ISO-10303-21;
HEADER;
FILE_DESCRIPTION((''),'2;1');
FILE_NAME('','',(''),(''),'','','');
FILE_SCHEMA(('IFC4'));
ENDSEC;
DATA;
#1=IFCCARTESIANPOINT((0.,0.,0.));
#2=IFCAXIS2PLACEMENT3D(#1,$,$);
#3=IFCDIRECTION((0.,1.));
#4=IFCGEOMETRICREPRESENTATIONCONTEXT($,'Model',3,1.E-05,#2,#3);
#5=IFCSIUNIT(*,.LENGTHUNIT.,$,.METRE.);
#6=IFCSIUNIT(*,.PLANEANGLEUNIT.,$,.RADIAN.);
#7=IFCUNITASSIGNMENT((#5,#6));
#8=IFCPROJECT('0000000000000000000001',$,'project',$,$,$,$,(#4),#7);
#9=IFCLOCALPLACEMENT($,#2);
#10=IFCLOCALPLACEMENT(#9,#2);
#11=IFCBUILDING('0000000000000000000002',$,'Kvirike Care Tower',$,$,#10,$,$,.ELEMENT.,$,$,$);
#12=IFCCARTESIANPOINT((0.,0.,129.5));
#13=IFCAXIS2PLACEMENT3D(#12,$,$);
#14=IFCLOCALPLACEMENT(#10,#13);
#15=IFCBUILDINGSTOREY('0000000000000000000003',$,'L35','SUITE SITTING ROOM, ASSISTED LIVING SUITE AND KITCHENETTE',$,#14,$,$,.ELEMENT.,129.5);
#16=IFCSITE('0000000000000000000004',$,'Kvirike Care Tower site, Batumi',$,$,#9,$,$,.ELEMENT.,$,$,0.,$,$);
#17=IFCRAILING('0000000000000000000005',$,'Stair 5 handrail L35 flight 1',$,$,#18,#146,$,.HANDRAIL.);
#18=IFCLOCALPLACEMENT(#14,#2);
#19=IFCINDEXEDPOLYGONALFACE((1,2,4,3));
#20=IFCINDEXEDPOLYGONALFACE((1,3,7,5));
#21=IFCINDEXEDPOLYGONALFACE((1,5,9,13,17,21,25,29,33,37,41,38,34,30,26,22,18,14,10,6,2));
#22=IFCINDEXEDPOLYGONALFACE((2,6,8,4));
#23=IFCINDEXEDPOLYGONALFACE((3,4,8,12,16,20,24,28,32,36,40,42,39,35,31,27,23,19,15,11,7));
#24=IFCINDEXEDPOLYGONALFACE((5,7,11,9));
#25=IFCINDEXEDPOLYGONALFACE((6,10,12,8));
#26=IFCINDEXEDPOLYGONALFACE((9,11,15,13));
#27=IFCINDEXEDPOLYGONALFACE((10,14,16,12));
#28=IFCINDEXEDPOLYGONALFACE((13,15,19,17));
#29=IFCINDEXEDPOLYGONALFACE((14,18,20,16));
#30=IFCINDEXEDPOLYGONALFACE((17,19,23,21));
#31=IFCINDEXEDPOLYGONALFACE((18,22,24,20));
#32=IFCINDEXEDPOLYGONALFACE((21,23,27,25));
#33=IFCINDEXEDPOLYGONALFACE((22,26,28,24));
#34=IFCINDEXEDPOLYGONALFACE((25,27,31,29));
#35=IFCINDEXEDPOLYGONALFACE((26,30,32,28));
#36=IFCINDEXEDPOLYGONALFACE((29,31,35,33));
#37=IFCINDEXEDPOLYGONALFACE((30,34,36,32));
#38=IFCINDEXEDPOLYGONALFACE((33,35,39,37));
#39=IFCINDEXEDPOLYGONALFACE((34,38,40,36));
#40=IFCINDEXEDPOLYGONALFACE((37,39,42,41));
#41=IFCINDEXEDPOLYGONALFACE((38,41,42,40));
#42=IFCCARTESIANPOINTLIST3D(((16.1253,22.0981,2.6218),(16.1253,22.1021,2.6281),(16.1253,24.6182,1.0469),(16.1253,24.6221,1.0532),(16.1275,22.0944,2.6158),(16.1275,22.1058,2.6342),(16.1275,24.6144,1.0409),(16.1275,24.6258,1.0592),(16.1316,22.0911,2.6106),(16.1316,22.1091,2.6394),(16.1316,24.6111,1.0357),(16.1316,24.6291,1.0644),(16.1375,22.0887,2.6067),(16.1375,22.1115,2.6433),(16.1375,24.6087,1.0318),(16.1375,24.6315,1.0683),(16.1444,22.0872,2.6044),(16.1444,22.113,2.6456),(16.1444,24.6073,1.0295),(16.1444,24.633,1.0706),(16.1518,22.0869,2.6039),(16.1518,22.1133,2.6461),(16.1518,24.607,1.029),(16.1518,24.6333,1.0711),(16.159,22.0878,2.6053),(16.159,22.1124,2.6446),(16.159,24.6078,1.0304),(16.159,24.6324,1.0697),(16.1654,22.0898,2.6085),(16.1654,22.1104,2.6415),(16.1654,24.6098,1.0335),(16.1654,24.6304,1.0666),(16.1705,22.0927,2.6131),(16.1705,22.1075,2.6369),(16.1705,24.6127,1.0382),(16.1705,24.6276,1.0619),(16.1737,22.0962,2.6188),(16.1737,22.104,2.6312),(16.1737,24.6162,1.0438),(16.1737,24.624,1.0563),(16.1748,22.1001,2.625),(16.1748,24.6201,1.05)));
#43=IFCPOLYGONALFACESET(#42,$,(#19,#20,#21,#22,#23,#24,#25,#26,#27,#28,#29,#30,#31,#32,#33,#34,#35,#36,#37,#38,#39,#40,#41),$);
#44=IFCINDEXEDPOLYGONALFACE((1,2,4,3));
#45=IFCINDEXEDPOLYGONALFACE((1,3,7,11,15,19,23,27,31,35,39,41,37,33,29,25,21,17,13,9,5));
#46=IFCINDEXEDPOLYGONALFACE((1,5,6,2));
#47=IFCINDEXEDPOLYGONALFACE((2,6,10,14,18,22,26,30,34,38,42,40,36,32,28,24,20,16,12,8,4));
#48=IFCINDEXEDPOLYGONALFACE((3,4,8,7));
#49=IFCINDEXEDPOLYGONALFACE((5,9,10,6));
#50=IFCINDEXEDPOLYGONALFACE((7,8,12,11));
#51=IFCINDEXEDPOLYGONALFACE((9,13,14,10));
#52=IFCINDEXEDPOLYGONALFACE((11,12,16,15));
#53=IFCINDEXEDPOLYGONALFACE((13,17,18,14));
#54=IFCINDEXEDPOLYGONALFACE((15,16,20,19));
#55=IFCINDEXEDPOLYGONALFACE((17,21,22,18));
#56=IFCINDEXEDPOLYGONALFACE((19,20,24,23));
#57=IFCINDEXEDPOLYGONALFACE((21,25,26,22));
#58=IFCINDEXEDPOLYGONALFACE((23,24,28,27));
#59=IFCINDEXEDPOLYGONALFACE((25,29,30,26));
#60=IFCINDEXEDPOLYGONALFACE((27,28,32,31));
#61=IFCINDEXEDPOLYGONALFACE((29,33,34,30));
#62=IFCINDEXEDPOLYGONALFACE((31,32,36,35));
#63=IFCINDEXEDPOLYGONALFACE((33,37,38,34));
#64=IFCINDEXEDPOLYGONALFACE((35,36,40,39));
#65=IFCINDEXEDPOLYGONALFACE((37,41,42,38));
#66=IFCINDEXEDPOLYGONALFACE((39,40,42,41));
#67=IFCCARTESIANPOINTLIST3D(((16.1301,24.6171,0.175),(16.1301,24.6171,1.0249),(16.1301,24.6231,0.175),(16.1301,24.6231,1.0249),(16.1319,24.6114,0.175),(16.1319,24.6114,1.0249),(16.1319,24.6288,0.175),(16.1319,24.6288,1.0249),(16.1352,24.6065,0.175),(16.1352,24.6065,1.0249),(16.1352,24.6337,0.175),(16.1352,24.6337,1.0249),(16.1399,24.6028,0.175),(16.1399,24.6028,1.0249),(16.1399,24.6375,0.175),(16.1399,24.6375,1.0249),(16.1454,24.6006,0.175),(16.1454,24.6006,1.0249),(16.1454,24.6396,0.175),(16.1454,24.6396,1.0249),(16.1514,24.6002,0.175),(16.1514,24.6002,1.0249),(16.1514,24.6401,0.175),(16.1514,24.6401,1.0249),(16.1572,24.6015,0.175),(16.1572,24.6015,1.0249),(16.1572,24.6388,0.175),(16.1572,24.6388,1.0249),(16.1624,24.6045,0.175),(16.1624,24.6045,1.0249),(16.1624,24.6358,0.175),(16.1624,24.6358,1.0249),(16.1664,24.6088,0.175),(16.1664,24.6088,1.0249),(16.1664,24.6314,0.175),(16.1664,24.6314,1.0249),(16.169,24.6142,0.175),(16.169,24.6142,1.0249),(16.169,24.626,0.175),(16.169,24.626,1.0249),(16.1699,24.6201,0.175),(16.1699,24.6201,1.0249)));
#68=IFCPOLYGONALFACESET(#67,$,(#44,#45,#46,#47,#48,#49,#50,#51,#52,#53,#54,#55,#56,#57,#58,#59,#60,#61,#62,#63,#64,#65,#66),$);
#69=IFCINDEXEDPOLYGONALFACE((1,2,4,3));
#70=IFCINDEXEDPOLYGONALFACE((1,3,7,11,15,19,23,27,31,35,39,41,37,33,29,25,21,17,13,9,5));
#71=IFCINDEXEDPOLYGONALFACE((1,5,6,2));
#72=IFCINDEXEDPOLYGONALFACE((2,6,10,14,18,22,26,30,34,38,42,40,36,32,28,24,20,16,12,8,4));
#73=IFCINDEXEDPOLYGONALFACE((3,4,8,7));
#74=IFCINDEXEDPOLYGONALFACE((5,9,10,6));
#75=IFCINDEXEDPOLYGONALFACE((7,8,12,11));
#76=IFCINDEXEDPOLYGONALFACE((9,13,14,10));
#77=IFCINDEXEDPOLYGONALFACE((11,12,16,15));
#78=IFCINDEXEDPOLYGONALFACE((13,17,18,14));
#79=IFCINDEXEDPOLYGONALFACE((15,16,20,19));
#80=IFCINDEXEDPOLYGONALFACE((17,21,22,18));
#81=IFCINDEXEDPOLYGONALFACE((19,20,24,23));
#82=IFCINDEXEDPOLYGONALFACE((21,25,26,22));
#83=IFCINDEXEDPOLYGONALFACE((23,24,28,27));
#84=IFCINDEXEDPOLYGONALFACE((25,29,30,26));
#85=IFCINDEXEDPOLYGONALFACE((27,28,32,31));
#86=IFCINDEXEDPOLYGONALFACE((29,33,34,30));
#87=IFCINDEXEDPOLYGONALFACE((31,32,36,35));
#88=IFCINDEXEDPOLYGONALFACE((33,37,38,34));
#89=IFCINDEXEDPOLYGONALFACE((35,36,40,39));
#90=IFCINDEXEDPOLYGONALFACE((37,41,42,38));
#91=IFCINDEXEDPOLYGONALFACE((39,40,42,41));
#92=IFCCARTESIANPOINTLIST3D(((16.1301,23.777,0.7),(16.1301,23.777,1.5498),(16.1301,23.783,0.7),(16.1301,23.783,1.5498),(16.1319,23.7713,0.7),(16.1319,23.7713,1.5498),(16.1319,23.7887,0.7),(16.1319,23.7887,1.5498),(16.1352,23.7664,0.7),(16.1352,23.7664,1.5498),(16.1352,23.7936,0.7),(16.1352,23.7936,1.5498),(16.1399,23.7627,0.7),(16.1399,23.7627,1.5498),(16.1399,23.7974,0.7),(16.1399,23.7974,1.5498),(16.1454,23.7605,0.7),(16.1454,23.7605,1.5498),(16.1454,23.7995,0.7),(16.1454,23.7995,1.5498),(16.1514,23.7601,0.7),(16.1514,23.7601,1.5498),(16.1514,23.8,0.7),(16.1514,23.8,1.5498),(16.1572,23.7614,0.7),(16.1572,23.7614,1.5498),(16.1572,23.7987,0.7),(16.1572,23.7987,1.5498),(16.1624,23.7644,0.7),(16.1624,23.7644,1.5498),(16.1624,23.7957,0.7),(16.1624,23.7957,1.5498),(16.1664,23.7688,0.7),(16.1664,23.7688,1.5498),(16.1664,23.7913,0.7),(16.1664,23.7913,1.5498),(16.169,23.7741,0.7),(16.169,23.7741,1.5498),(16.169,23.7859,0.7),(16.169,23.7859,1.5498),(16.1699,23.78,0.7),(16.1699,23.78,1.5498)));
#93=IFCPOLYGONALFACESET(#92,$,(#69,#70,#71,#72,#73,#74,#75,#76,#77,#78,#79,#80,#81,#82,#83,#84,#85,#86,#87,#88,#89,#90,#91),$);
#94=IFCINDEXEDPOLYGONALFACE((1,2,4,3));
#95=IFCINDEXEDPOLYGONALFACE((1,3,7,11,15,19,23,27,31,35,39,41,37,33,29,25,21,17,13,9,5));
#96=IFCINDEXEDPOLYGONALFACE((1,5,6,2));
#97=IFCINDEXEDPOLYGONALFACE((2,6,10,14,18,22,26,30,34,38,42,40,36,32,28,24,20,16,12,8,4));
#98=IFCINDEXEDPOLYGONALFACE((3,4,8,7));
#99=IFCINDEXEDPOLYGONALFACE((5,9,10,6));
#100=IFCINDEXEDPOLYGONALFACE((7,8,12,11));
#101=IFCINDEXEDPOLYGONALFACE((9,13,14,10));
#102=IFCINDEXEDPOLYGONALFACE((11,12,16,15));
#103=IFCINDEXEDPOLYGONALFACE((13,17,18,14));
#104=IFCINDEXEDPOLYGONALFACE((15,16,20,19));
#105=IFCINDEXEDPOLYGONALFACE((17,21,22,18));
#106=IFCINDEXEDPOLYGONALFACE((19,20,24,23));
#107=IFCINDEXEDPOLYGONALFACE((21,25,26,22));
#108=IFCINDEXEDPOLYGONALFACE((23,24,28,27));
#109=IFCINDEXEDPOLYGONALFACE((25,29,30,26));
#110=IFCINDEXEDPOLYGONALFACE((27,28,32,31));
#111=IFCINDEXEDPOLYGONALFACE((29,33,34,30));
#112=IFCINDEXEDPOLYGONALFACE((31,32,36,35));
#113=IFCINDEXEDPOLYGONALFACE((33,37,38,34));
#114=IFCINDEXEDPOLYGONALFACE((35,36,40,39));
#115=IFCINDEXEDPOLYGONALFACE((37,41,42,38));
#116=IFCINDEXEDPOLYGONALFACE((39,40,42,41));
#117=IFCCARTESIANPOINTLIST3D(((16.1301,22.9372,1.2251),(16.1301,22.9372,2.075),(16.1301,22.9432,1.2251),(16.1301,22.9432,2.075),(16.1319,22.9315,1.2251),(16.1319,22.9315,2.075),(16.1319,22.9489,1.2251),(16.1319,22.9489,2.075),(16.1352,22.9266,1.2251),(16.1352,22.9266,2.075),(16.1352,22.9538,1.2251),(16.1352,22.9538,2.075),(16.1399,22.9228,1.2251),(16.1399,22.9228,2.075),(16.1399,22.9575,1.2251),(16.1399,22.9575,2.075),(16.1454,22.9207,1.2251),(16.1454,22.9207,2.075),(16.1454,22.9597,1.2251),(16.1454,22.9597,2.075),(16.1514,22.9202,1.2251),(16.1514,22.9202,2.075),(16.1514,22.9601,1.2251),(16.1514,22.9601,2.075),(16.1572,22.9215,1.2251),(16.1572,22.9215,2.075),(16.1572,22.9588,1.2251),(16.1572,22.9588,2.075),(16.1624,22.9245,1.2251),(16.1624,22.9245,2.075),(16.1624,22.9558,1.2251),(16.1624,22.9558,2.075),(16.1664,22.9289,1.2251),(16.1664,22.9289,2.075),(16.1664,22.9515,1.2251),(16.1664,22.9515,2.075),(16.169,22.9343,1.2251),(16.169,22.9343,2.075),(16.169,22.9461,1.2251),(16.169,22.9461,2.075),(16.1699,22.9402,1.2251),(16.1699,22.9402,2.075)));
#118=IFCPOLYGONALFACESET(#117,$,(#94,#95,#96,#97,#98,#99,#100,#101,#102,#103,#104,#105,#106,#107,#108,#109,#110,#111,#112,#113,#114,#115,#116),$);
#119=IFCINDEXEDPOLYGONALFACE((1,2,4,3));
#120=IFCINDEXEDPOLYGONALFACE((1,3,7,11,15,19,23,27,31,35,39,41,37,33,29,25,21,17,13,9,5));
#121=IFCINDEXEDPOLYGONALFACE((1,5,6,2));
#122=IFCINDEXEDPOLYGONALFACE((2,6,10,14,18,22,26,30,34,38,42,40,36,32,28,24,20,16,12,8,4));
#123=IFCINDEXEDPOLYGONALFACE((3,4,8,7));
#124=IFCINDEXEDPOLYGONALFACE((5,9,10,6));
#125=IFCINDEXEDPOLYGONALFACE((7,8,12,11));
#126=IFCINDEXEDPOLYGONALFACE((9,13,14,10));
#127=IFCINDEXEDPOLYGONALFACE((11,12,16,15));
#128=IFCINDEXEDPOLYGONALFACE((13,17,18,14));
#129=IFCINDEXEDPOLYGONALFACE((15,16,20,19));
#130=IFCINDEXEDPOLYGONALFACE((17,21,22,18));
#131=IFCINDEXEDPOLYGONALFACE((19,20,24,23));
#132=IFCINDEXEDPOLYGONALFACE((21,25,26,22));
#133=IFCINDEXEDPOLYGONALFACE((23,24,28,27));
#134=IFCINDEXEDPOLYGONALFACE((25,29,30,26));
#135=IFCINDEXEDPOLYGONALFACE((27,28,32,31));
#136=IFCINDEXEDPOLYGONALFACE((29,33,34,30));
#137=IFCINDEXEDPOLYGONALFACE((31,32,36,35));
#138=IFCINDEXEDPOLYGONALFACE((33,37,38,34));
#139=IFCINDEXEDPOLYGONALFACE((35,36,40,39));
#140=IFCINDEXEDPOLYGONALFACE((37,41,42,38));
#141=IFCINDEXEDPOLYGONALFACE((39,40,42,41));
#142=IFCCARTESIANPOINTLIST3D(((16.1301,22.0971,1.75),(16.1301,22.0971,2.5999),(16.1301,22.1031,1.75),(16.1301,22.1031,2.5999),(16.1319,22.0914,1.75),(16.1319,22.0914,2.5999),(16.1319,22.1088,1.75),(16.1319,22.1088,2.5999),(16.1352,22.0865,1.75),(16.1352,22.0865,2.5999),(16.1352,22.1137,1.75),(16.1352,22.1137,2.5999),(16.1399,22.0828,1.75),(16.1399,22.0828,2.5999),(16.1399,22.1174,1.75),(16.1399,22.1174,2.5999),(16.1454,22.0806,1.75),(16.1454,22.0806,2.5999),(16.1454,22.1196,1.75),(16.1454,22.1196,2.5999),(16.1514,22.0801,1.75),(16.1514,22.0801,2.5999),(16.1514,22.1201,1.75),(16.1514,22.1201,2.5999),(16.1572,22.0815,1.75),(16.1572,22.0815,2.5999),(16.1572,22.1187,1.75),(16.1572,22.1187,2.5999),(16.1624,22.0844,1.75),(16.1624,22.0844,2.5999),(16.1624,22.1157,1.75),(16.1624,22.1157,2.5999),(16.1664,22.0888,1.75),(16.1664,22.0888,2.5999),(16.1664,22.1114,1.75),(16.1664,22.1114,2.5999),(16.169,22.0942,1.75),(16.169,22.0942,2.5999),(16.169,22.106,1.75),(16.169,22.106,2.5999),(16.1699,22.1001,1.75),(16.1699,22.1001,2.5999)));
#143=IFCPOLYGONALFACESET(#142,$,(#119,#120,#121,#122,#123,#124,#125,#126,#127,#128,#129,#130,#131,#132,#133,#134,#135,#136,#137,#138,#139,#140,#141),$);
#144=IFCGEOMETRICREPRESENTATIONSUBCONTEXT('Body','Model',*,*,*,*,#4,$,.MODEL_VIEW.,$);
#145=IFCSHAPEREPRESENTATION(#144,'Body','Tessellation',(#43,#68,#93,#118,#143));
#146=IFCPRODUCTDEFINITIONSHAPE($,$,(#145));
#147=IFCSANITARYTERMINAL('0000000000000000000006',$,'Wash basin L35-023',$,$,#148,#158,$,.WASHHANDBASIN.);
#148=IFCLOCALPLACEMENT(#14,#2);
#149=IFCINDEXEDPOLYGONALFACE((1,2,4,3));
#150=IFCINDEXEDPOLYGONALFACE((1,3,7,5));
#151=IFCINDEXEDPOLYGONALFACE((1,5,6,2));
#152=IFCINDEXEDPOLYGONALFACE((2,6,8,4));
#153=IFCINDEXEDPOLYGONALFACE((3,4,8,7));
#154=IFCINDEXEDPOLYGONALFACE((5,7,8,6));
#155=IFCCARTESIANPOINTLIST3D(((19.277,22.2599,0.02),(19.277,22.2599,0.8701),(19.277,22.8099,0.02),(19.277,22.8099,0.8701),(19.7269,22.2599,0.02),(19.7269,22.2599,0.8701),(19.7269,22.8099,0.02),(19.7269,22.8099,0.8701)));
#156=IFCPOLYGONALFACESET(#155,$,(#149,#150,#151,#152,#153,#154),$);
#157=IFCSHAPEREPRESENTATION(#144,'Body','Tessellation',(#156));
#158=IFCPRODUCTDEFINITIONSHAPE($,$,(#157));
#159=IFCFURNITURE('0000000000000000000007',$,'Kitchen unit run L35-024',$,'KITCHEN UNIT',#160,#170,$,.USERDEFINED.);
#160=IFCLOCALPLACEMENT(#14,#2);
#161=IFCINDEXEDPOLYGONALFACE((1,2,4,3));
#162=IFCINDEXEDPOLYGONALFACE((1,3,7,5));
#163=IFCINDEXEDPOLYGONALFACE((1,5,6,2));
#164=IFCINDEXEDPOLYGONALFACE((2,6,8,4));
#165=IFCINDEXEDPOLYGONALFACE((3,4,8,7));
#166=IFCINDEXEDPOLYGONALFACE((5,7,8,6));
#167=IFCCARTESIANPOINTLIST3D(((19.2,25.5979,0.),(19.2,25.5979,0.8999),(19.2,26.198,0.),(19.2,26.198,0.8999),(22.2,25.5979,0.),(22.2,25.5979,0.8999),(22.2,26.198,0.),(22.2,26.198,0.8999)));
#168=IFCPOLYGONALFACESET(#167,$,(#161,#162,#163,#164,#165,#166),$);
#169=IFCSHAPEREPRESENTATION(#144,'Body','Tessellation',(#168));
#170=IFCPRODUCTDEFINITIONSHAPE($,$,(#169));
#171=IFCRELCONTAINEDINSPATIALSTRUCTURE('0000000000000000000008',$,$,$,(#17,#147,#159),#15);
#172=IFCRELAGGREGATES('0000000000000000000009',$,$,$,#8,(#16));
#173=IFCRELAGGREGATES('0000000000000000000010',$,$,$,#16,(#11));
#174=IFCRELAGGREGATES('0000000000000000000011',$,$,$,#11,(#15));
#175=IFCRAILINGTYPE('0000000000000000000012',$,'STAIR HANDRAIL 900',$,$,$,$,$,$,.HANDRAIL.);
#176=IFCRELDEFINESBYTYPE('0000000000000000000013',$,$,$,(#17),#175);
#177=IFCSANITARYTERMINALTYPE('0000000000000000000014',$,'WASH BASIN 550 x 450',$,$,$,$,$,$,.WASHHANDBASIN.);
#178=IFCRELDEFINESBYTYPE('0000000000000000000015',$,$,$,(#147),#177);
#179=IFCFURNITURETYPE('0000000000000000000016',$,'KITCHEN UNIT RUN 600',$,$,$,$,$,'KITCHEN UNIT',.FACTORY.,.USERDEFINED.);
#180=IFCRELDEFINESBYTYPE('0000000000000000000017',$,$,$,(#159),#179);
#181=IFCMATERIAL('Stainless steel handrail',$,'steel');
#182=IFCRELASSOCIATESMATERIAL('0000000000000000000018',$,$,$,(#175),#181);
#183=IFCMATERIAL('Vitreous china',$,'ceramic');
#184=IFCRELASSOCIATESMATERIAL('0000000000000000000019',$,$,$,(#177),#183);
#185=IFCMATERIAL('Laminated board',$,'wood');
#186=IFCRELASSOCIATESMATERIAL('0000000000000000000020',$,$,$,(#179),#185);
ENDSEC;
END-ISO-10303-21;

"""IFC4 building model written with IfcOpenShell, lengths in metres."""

from ifc_helpers import new_model, si_unit, direction, frame, origin, origin_2d, place, context, subcontext, project, spatial, rectangle, circle, extrude, material, type_object, element, save


model = new_model("IFC4")

# Units and contexts
model_context = context("Model", 3, precision=1e-05, world=origin(), true_north=direction((0.0, 1.0)))
body_context = subcontext(model_context, "Body", "Model", "MODEL_VIEW")
ifc_project = project(units=[si_unit("LENGTHUNIT", "METRE"), si_unit("PLANEANGLEUNIT", "RADIAN")], contexts=[model_context])

# Site, building, storey
site_placement = place(None, origin())
site = spatial("IfcSite", under=ifc_project, at=site_placement, Name="Kvirike Care Tower site, Batumi", CompositionType="ELEMENT", RefElevation=0.0)
building_placement = place(site_placement, origin())
building = spatial("IfcBuilding", under=site, at=building_placement, Name="Kvirike Care Tower", CompositionType="ELEMENT")
storey_placement = place(building_placement, frame((0.0, 0.0, 129.5)))
storey = spatial("IfcBuildingStorey", under=building, at=storey_placement, Name="L35", Description="SUITE SITTING ROOM, ASSISTED LIVING SUITE AND KITCHENETTE", CompositionType="ELEMENT", Elevation=129.5)

# Railing
ifc_material_1 = material(Name="Stainless steel handrail", Category="steel")
railing_type = type_object("IfcRailingType", Name="STAIR HANDRAIL 900", PredefinedType="HANDRAIL", material=ifc_material_1)
railing_placement = place(storey_placement, frame((16.1499, 24.6201, 0.175)))
element("IfcRailing", 1, at=railing_placement, inside=storey, type_object=railing_type, Name="Stair 5 handrail L35 flight 1", PredefinedType="HANDRAIL", context=body_context, shape_type="SweptSolid", body=[
    extrude(circle(Radius=0.0249, at=origin_2d()), frame((0.0, 0.0, 0.875), z_axis=(0.0, -0.848008, 0.529984), x_axis=(1.0, 0.0, 0.0)), (0.0, 0.0, 1.0), 2.9717),
    extrude(circle(Radius=0.02, at=origin_2d()), origin(), (0.0, 0.0, 1.0), 0.8499),
    extrude(circle(Radius=0.02, at=origin_2d()), frame((0.0, -0.8401, 0.5249)), (0.0, 0.0, 1.0), 0.8499),
    extrude(circle(Radius=0.02, at=origin_2d()), frame((0.0, -1.6799, 1.05)), (0.0, 0.0, 1.0), 0.8499),
    extrude(circle(Radius=0.02, at=origin_2d()), frame((0.0, -2.52, 1.575)), (0.0, 0.0, 1.0), 0.8499),
])

# Sanitary terminal
ifc_material_2 = material(Name="Vitreous china", Category="ceramic")
sanitary_terminal_type = type_object("IfcSanitaryTerminalType", Name="WASH BASIN 550 x 450", PredefinedType="WASHHANDBASIN", material=ifc_material_2)
sanitary_terminal_placement = place(storey_placement, frame((19.502, 22.5349, 0.02), z_axis=(0.0, 0.0, 1.0), x_axis=(0.0, 1.0, 0.0)))
element("IfcSanitaryTerminal", 2, at=sanitary_terminal_placement, inside=storey, type_object=sanitary_terminal_type, Name="Wash basin L35-023", PredefinedType="WASHHANDBASIN", context=body_context, shape_type="SweptSolid", body=[
    extrude(rectangle(XDim=0.55, YDim=0.45, at=origin_2d()), origin(), (0.0, 0.0, 1.0), 0.8501),
])

# Furniture
ifc_material_3 = material(Name="Laminated board", Category="wood")
furniture_type = type_object("IfcFurnitureType", Name="KITCHEN UNIT RUN 600", ElementType="KITCHEN UNIT", AssemblyPlace="FACTORY", PredefinedType="USERDEFINED", material=ifc_material_3)
furniture_placement = place(storey_placement, frame((20.7, 25.8979, 0.0), z_axis=(0.0, 0.0, 1.0), x_axis=(1.0, 0.0, 0.0)))
element("IfcFurniture", 3, at=furniture_placement, inside=storey, type_object=furniture_type, Name="Kitchen unit run L35-024", ObjectType="KITCHEN UNIT", PredefinedType="USERDEFINED", context=body_context, shape_type="SweptSolid", body=[
    extrude(rectangle(XDim=3.0, YDim=0.6001, at=origin_2d()), origin(), (0.0, 0.0, 1.0), 0.8999),
])

save(model, "model.ifc")
